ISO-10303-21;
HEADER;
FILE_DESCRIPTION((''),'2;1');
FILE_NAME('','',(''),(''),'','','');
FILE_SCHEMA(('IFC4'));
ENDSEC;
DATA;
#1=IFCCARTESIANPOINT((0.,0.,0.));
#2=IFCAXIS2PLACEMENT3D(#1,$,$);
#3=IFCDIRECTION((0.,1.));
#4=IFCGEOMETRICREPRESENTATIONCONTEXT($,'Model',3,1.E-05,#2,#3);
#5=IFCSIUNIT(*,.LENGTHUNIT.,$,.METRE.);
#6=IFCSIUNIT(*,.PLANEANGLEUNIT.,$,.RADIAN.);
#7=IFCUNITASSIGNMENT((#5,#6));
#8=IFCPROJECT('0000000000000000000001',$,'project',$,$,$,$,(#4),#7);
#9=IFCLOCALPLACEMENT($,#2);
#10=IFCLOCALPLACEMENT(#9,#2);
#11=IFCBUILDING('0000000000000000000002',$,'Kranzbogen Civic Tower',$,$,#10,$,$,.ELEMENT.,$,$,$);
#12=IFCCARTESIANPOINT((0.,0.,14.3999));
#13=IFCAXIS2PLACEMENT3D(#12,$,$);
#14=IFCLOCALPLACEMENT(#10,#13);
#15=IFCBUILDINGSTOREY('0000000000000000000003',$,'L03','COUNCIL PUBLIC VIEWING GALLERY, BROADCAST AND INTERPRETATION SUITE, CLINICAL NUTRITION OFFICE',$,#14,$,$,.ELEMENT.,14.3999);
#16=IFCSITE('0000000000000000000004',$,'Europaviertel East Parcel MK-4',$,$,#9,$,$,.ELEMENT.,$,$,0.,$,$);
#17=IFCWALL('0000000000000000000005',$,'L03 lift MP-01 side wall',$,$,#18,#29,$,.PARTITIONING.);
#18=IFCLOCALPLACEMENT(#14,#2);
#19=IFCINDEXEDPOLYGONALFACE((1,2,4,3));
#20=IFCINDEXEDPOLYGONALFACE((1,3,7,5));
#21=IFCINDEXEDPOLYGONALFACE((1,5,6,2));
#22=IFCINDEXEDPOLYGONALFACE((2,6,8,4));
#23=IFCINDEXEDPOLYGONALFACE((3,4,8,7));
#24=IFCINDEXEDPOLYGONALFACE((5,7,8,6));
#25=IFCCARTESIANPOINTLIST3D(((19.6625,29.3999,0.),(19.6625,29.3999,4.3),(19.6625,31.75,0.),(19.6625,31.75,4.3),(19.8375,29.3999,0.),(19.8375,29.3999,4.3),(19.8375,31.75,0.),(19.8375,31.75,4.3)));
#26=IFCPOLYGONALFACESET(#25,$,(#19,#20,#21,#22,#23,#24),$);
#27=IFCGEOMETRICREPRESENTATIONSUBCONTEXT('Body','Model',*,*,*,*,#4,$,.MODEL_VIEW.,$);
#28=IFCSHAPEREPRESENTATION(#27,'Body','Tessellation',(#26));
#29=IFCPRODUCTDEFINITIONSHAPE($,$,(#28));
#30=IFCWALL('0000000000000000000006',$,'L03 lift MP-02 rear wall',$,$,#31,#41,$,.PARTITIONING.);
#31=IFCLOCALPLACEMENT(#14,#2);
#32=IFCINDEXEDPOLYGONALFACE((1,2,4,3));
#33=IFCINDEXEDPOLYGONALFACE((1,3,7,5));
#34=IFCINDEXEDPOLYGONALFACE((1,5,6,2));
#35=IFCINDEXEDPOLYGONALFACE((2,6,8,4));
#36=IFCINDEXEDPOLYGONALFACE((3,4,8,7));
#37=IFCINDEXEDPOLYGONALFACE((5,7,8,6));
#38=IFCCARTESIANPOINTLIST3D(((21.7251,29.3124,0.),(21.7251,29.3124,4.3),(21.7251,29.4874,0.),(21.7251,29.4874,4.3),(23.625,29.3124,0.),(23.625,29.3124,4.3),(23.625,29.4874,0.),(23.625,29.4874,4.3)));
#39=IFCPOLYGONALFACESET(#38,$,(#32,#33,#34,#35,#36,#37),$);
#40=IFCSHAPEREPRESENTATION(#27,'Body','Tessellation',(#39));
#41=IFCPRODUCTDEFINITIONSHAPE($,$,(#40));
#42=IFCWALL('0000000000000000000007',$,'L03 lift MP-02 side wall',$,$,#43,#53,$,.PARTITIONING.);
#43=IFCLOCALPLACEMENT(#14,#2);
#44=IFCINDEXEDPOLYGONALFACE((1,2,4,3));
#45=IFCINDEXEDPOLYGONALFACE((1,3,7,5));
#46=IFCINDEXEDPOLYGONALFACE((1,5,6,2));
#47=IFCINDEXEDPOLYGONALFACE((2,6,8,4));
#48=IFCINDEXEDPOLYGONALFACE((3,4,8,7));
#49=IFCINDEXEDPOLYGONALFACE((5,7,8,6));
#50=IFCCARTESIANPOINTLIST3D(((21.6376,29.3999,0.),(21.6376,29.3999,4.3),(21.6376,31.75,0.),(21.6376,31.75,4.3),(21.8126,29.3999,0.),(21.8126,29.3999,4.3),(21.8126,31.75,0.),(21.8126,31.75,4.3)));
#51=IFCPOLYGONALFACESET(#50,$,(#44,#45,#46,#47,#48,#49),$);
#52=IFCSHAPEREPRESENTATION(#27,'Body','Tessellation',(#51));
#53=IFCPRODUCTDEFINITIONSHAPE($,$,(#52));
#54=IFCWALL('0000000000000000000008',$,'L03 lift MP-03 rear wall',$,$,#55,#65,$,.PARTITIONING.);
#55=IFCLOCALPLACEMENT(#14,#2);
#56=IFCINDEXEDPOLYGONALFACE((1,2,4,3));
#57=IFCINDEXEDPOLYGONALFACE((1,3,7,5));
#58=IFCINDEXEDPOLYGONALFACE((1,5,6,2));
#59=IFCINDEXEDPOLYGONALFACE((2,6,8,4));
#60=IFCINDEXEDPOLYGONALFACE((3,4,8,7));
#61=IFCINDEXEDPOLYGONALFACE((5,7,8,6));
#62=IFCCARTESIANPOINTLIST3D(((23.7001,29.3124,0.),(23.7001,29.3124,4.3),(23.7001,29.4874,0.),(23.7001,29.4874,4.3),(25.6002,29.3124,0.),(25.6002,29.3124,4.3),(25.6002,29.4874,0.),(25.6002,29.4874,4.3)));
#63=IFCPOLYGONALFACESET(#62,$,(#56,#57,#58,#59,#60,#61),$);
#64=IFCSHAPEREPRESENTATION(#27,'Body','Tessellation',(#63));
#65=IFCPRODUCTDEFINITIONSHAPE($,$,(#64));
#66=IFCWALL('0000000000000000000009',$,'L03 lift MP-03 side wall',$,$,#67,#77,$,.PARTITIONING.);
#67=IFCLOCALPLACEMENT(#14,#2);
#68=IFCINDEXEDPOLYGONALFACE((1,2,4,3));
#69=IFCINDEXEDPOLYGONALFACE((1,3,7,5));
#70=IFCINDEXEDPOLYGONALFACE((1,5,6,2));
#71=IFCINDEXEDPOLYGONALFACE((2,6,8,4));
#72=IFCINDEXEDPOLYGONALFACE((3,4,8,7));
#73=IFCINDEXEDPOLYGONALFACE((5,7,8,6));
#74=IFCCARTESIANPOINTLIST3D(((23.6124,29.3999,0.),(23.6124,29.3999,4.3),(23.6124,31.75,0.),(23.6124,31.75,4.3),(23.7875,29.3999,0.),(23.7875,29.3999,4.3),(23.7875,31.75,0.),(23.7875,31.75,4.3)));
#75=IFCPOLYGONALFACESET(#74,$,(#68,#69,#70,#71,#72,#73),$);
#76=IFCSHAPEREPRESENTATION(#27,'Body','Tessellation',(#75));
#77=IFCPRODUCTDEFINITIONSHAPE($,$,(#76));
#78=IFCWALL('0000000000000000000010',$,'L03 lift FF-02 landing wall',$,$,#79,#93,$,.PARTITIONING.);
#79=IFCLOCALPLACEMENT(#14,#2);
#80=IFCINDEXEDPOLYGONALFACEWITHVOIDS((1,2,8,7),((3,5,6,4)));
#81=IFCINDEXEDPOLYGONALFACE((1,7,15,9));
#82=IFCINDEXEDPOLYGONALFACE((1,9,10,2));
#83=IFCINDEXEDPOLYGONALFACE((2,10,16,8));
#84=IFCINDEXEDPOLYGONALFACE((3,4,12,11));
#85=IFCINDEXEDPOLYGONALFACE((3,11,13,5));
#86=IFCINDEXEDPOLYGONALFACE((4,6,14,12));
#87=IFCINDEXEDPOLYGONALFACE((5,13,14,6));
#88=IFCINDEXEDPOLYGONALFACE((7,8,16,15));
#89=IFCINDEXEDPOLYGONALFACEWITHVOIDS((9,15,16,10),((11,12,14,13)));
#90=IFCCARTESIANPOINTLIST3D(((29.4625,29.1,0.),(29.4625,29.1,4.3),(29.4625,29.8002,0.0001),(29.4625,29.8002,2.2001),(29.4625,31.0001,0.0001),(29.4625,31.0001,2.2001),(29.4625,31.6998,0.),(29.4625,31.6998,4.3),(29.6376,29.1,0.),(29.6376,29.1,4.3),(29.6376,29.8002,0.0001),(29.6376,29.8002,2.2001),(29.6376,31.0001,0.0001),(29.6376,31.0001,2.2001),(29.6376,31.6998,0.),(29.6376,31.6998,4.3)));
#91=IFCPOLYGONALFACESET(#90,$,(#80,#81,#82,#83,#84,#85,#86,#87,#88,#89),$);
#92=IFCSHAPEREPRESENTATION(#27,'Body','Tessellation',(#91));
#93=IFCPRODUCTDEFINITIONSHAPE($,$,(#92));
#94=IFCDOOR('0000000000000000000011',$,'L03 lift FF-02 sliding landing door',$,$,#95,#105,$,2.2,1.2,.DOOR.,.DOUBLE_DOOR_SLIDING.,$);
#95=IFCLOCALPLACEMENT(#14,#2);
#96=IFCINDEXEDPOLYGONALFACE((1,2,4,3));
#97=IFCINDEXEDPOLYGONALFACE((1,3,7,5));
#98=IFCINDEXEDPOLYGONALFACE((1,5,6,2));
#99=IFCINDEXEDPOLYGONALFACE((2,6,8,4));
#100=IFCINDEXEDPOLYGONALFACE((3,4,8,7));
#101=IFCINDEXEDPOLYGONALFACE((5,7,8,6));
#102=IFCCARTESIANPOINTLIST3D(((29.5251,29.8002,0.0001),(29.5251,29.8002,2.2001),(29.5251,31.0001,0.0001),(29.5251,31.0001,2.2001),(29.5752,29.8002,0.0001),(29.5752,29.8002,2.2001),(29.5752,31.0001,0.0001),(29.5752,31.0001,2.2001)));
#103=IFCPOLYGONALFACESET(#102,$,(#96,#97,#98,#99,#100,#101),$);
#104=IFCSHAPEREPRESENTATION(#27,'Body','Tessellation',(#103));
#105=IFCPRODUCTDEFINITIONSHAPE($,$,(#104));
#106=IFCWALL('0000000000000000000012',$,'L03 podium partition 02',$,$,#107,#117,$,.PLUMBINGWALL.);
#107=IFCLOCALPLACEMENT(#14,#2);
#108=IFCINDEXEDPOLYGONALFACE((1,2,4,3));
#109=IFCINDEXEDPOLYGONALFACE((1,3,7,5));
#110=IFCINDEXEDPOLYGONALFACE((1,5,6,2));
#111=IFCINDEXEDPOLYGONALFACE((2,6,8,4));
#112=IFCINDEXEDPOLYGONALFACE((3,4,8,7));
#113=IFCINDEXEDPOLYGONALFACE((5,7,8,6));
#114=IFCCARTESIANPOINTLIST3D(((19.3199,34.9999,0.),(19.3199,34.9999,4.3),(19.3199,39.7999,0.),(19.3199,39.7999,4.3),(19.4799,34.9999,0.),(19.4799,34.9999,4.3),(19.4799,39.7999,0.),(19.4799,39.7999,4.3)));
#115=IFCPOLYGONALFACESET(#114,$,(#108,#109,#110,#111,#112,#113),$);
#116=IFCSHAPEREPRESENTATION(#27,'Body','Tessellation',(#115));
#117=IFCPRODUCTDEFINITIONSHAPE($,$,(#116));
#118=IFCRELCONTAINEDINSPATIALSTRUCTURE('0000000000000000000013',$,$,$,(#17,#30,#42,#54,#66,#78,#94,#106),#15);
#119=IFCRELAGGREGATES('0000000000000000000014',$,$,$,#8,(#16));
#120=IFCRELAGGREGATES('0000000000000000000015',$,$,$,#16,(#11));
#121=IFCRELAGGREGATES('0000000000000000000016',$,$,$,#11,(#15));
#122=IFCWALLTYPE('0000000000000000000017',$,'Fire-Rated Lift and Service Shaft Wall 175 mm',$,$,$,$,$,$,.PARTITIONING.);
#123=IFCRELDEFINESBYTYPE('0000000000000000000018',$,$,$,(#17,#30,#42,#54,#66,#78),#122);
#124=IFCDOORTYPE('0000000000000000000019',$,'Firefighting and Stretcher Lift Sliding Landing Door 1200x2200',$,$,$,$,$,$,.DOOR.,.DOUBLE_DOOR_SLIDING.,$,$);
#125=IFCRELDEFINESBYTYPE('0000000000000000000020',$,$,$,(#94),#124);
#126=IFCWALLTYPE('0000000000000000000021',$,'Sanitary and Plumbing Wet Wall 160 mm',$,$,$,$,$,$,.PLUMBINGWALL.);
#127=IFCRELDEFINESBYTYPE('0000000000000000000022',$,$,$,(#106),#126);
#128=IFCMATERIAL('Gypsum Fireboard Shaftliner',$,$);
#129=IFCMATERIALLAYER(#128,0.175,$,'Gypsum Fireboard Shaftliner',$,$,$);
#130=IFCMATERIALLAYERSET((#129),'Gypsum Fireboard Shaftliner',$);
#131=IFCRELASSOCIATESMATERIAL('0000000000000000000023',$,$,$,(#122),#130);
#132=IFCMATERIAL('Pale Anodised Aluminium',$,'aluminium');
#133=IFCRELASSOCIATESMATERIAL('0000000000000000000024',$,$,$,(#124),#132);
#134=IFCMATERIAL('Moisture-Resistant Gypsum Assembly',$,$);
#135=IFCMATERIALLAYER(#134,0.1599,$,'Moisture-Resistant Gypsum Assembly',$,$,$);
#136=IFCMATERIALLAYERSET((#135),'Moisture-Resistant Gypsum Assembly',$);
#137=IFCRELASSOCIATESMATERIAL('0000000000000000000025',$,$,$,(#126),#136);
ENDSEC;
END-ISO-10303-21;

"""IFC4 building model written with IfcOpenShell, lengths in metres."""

from ifc_helpers import new_model, si_unit, direction, frame, frame_2d, origin, place, context, subcontext, project, spatial, rectangle, extrude, material, layer, layer_set, type_object, element, fill, save


model = new_model("IFC4")

# Units and contexts
model_context = context("Model", 3, precision=1e-05, world=origin(), true_north=direction((0.0, 1.0)))
body_context = subcontext(model_context, "Body", "Model", "MODEL_VIEW")
ifc_project = project(units=[si_unit("LENGTHUNIT", "METRE"), si_unit("PLANEANGLEUNIT", "RADIAN")], contexts=[model_context])

# Site, building, storey
site_placement = place(None, origin())
site = spatial("IfcSite", under=ifc_project, at=site_placement, Name="Europaviertel East Parcel MK-4", CompositionType="ELEMENT", RefElevation=0.0)
building_placement = place(site_placement, origin())
building = spatial("IfcBuilding", under=site, at=building_placement, Name="Kranzbogen Civic Tower", CompositionType="ELEMENT")
storey_placement = place(building_placement, frame((0.0, 0.0, 14.3999)))
storey = spatial("IfcBuildingStorey", under=building, at=storey_placement, Name="L03", Description="COUNCIL PUBLIC VIEWING GALLERY, BROADCAST AND INTERPRETATION SUITE, CLINICAL NUTRITION OFFICE", CompositionType="ELEMENT", Elevation=14.3999)

# Shared definitions
ifc_material_1 = material(Name="Pale Anodised Aluminium", Category="aluminium")

# Walls
ifc_material_2 = material(Name="Gypsum Fireboard Shaftliner")
ifc_layer_1 = layer(ifc_material_2, 0.175, Name="Gypsum Fireboard Shaftliner")
ifc_layer_set_1 = layer_set([ifc_layer_1], Name="Gypsum Fireboard Shaftliner")
wall_type_1 = type_object("IfcWallType", Name="Fire-Rated Lift and Service Shaft Wall 175 mm", PredefinedType="PARTITIONING", material=ifc_layer_set_1)
wall_1_placement = place(storey_placement, frame((19.75, 29.3999, 0.0), z_axis=(0.0, 0.0, 1.0), x_axis=(0.0, 1.0, 0.0)))
element("IfcWall", 1, at=wall_1_placement, inside=storey, type_object=wall_type_1, Name="L03 lift MP-01 side wall", PredefinedType="PARTITIONING", context=body_context, shape_type="SweptSolid", body=[
    extrude(rectangle(XDim=2.3501, YDim=0.175, at=frame_2d((1.175, 0.0))), origin(), (0.0, 0.0, 1.0), 4.3),
])
wall_2_placement = place(storey_placement, frame((21.7251, 29.3999, 0.0), z_axis=(0.0, 0.0, 1.0), x_axis=(1.0, 0.0, 0.0)))
element("IfcWall", 2, at=wall_2_placement, inside=storey, type_object=wall_type_1, Name="L03 lift MP-02 rear wall", PredefinedType="PARTITIONING", context=body_context, shape_type="SweptSolid", body=[
    extrude(rectangle(XDim=1.8999, YDim=0.175, at=frame_2d((0.95, 0.0))), origin(), (0.0, 0.0, 1.0), 4.3),
])
wall_3_placement = place(storey_placement, frame((21.7251, 29.3999, 0.0), z_axis=(0.0, 0.0, 1.0), x_axis=(0.0, 1.0, 0.0)))
element("IfcWall", 3, at=wall_3_placement, inside=storey, type_object=wall_type_1, Name="L03 lift MP-02 side wall", PredefinedType="PARTITIONING", context=body_context, shape_type="SweptSolid", body=[
    extrude(rectangle(XDim=2.3501, YDim=0.175, at=frame_2d((1.175, 0.0))), origin(), (0.0, 0.0, 1.0), 4.3),
])
wall_4_placement = place(storey_placement, frame((23.7, 29.3999, 0.0), z_axis=(0.0, 0.0, 1.0), x_axis=(1.0, 0.0, 0.0)))
element("IfcWall", 4, at=wall_4_placement, inside=storey, type_object=wall_type_1, Name="L03 lift MP-03 rear wall", PredefinedType="PARTITIONING", context=body_context, shape_type="SweptSolid", body=[
    extrude(rectangle(XDim=1.9001, YDim=0.175, at=frame_2d((0.9502, 0.0))), origin(), (0.0, 0.0, 1.0), 4.3),
])
wall_5_placement = place(storey_placement, frame((23.7, 29.3999, 0.0), z_axis=(0.0, 0.0, 1.0), x_axis=(0.0, 1.0, 0.0)))
element("IfcWall", 5, at=wall_5_placement, inside=storey, type_object=wall_type_1, Name="L03 lift MP-03 side wall", PredefinedType="PARTITIONING", context=body_context, shape_type="SweptSolid", body=[
    extrude(rectangle(XDim=2.3501, YDim=0.175, at=frame_2d((1.175, 0.0))), origin(), (0.0, 0.0, 1.0), 4.3),
])

# Wall, opening, door
wall_6_placement = place(storey_placement, frame((29.55, 29.1001, 0.0), z_axis=(0.0, 0.0, 1.0), x_axis=(0.0, 1.0, 0.0)))
wall_6 = element("IfcWall", 6, at=wall_6_placement, inside=storey, type_object=wall_type_1, Name="L03 lift FF-02 landing wall", PredefinedType="PARTITIONING", context=body_context, shape_type="SweptSolid", body=[
    extrude(rectangle(XDim=2.5999, YDim=0.175, at=frame_2d((1.2998, 0.0))), origin(), (0.0, 0.0, 1.0), 4.3),
])
opening_1_placement = place(wall_6_placement, frame((0.7, 0.0, 0.0)))
opening_1 = element("IfcOpeningElement", 7, at=opening_1_placement, cuts=wall_6, PredefinedType="OPENING", context=body_context, shape_type="SweptSolid", body=[
    extrude(rectangle(XDim=1.2, YDim=2.2, at=frame_2d((0.6001, 1.1001))), frame((0.0, 0.0977, 0.0), z_axis=(0.0, -1.0, 0.0), x_axis=(1.0, 0.0, 0.0)), (0.0, 0.0, 1.0), 0.1951),
])
door_type_1 = type_object("IfcDoorType", Name="Firefighting and Stretcher Lift Sliding Landing Door 1200x2200", OperationType="DOUBLE_DOOR_SLIDING", PredefinedType="DOOR", material=ifc_material_1)
door_1_placement = place(opening_1_placement, origin())
door_1 = element("IfcDoor", 8, at=door_1_placement, inside=storey, type_object=door_type_1, Name="L03 lift FF-02 sliding landing door", OperationType="DOUBLE_DOOR_SLIDING", OverallHeight=2.2, OverallWidth=1.2, PredefinedType="DOOR", context=body_context, shape_type="SweptSolid", body=[
    extrude(rectangle(XDim=1.2, YDim=2.2, at=frame_2d((0.6001, 1.1001))), frame((0.0, 0.0249, 0.0), z_axis=(0.0, -1.0, 0.0), x_axis=(1.0, 0.0, 0.0)), (0.0, 0.0, 1.0), 0.05),
])
fill(opening_1, door_1)

# Wall
ifc_material_3 = material(Name="Moisture-Resistant Gypsum Assembly")
ifc_layer_2 = layer(ifc_material_3, 0.1599, Name="Moisture-Resistant Gypsum Assembly")
ifc_layer_set_2 = layer_set([ifc_layer_2], Name="Moisture-Resistant Gypsum Assembly")
wall_type_2 = type_object("IfcWallType", Name="Sanitary and Plumbing Wet Wall 160 mm", PredefinedType="PLUMBINGWALL", material=ifc_layer_set_2)
wall_7_placement = place(storey_placement, frame((19.3999, 35.0, 0.0), z_axis=(0.0, 0.0, 1.0), x_axis=(0.0, 1.0, 0.0)))
element("IfcWall", 9, at=wall_7_placement, inside=storey, type_object=wall_type_2, Name="L03 podium partition 02", PredefinedType="PLUMBINGWALL", context=body_context, shape_type="SweptSolid", body=[
    extrude(rectangle(XDim=4.8, YDim=0.1599, at=frame_2d((2.3999, 0.0))), origin(), (0.0, 0.0, 1.0), 4.3),
])

save(model, "model.ifc")
